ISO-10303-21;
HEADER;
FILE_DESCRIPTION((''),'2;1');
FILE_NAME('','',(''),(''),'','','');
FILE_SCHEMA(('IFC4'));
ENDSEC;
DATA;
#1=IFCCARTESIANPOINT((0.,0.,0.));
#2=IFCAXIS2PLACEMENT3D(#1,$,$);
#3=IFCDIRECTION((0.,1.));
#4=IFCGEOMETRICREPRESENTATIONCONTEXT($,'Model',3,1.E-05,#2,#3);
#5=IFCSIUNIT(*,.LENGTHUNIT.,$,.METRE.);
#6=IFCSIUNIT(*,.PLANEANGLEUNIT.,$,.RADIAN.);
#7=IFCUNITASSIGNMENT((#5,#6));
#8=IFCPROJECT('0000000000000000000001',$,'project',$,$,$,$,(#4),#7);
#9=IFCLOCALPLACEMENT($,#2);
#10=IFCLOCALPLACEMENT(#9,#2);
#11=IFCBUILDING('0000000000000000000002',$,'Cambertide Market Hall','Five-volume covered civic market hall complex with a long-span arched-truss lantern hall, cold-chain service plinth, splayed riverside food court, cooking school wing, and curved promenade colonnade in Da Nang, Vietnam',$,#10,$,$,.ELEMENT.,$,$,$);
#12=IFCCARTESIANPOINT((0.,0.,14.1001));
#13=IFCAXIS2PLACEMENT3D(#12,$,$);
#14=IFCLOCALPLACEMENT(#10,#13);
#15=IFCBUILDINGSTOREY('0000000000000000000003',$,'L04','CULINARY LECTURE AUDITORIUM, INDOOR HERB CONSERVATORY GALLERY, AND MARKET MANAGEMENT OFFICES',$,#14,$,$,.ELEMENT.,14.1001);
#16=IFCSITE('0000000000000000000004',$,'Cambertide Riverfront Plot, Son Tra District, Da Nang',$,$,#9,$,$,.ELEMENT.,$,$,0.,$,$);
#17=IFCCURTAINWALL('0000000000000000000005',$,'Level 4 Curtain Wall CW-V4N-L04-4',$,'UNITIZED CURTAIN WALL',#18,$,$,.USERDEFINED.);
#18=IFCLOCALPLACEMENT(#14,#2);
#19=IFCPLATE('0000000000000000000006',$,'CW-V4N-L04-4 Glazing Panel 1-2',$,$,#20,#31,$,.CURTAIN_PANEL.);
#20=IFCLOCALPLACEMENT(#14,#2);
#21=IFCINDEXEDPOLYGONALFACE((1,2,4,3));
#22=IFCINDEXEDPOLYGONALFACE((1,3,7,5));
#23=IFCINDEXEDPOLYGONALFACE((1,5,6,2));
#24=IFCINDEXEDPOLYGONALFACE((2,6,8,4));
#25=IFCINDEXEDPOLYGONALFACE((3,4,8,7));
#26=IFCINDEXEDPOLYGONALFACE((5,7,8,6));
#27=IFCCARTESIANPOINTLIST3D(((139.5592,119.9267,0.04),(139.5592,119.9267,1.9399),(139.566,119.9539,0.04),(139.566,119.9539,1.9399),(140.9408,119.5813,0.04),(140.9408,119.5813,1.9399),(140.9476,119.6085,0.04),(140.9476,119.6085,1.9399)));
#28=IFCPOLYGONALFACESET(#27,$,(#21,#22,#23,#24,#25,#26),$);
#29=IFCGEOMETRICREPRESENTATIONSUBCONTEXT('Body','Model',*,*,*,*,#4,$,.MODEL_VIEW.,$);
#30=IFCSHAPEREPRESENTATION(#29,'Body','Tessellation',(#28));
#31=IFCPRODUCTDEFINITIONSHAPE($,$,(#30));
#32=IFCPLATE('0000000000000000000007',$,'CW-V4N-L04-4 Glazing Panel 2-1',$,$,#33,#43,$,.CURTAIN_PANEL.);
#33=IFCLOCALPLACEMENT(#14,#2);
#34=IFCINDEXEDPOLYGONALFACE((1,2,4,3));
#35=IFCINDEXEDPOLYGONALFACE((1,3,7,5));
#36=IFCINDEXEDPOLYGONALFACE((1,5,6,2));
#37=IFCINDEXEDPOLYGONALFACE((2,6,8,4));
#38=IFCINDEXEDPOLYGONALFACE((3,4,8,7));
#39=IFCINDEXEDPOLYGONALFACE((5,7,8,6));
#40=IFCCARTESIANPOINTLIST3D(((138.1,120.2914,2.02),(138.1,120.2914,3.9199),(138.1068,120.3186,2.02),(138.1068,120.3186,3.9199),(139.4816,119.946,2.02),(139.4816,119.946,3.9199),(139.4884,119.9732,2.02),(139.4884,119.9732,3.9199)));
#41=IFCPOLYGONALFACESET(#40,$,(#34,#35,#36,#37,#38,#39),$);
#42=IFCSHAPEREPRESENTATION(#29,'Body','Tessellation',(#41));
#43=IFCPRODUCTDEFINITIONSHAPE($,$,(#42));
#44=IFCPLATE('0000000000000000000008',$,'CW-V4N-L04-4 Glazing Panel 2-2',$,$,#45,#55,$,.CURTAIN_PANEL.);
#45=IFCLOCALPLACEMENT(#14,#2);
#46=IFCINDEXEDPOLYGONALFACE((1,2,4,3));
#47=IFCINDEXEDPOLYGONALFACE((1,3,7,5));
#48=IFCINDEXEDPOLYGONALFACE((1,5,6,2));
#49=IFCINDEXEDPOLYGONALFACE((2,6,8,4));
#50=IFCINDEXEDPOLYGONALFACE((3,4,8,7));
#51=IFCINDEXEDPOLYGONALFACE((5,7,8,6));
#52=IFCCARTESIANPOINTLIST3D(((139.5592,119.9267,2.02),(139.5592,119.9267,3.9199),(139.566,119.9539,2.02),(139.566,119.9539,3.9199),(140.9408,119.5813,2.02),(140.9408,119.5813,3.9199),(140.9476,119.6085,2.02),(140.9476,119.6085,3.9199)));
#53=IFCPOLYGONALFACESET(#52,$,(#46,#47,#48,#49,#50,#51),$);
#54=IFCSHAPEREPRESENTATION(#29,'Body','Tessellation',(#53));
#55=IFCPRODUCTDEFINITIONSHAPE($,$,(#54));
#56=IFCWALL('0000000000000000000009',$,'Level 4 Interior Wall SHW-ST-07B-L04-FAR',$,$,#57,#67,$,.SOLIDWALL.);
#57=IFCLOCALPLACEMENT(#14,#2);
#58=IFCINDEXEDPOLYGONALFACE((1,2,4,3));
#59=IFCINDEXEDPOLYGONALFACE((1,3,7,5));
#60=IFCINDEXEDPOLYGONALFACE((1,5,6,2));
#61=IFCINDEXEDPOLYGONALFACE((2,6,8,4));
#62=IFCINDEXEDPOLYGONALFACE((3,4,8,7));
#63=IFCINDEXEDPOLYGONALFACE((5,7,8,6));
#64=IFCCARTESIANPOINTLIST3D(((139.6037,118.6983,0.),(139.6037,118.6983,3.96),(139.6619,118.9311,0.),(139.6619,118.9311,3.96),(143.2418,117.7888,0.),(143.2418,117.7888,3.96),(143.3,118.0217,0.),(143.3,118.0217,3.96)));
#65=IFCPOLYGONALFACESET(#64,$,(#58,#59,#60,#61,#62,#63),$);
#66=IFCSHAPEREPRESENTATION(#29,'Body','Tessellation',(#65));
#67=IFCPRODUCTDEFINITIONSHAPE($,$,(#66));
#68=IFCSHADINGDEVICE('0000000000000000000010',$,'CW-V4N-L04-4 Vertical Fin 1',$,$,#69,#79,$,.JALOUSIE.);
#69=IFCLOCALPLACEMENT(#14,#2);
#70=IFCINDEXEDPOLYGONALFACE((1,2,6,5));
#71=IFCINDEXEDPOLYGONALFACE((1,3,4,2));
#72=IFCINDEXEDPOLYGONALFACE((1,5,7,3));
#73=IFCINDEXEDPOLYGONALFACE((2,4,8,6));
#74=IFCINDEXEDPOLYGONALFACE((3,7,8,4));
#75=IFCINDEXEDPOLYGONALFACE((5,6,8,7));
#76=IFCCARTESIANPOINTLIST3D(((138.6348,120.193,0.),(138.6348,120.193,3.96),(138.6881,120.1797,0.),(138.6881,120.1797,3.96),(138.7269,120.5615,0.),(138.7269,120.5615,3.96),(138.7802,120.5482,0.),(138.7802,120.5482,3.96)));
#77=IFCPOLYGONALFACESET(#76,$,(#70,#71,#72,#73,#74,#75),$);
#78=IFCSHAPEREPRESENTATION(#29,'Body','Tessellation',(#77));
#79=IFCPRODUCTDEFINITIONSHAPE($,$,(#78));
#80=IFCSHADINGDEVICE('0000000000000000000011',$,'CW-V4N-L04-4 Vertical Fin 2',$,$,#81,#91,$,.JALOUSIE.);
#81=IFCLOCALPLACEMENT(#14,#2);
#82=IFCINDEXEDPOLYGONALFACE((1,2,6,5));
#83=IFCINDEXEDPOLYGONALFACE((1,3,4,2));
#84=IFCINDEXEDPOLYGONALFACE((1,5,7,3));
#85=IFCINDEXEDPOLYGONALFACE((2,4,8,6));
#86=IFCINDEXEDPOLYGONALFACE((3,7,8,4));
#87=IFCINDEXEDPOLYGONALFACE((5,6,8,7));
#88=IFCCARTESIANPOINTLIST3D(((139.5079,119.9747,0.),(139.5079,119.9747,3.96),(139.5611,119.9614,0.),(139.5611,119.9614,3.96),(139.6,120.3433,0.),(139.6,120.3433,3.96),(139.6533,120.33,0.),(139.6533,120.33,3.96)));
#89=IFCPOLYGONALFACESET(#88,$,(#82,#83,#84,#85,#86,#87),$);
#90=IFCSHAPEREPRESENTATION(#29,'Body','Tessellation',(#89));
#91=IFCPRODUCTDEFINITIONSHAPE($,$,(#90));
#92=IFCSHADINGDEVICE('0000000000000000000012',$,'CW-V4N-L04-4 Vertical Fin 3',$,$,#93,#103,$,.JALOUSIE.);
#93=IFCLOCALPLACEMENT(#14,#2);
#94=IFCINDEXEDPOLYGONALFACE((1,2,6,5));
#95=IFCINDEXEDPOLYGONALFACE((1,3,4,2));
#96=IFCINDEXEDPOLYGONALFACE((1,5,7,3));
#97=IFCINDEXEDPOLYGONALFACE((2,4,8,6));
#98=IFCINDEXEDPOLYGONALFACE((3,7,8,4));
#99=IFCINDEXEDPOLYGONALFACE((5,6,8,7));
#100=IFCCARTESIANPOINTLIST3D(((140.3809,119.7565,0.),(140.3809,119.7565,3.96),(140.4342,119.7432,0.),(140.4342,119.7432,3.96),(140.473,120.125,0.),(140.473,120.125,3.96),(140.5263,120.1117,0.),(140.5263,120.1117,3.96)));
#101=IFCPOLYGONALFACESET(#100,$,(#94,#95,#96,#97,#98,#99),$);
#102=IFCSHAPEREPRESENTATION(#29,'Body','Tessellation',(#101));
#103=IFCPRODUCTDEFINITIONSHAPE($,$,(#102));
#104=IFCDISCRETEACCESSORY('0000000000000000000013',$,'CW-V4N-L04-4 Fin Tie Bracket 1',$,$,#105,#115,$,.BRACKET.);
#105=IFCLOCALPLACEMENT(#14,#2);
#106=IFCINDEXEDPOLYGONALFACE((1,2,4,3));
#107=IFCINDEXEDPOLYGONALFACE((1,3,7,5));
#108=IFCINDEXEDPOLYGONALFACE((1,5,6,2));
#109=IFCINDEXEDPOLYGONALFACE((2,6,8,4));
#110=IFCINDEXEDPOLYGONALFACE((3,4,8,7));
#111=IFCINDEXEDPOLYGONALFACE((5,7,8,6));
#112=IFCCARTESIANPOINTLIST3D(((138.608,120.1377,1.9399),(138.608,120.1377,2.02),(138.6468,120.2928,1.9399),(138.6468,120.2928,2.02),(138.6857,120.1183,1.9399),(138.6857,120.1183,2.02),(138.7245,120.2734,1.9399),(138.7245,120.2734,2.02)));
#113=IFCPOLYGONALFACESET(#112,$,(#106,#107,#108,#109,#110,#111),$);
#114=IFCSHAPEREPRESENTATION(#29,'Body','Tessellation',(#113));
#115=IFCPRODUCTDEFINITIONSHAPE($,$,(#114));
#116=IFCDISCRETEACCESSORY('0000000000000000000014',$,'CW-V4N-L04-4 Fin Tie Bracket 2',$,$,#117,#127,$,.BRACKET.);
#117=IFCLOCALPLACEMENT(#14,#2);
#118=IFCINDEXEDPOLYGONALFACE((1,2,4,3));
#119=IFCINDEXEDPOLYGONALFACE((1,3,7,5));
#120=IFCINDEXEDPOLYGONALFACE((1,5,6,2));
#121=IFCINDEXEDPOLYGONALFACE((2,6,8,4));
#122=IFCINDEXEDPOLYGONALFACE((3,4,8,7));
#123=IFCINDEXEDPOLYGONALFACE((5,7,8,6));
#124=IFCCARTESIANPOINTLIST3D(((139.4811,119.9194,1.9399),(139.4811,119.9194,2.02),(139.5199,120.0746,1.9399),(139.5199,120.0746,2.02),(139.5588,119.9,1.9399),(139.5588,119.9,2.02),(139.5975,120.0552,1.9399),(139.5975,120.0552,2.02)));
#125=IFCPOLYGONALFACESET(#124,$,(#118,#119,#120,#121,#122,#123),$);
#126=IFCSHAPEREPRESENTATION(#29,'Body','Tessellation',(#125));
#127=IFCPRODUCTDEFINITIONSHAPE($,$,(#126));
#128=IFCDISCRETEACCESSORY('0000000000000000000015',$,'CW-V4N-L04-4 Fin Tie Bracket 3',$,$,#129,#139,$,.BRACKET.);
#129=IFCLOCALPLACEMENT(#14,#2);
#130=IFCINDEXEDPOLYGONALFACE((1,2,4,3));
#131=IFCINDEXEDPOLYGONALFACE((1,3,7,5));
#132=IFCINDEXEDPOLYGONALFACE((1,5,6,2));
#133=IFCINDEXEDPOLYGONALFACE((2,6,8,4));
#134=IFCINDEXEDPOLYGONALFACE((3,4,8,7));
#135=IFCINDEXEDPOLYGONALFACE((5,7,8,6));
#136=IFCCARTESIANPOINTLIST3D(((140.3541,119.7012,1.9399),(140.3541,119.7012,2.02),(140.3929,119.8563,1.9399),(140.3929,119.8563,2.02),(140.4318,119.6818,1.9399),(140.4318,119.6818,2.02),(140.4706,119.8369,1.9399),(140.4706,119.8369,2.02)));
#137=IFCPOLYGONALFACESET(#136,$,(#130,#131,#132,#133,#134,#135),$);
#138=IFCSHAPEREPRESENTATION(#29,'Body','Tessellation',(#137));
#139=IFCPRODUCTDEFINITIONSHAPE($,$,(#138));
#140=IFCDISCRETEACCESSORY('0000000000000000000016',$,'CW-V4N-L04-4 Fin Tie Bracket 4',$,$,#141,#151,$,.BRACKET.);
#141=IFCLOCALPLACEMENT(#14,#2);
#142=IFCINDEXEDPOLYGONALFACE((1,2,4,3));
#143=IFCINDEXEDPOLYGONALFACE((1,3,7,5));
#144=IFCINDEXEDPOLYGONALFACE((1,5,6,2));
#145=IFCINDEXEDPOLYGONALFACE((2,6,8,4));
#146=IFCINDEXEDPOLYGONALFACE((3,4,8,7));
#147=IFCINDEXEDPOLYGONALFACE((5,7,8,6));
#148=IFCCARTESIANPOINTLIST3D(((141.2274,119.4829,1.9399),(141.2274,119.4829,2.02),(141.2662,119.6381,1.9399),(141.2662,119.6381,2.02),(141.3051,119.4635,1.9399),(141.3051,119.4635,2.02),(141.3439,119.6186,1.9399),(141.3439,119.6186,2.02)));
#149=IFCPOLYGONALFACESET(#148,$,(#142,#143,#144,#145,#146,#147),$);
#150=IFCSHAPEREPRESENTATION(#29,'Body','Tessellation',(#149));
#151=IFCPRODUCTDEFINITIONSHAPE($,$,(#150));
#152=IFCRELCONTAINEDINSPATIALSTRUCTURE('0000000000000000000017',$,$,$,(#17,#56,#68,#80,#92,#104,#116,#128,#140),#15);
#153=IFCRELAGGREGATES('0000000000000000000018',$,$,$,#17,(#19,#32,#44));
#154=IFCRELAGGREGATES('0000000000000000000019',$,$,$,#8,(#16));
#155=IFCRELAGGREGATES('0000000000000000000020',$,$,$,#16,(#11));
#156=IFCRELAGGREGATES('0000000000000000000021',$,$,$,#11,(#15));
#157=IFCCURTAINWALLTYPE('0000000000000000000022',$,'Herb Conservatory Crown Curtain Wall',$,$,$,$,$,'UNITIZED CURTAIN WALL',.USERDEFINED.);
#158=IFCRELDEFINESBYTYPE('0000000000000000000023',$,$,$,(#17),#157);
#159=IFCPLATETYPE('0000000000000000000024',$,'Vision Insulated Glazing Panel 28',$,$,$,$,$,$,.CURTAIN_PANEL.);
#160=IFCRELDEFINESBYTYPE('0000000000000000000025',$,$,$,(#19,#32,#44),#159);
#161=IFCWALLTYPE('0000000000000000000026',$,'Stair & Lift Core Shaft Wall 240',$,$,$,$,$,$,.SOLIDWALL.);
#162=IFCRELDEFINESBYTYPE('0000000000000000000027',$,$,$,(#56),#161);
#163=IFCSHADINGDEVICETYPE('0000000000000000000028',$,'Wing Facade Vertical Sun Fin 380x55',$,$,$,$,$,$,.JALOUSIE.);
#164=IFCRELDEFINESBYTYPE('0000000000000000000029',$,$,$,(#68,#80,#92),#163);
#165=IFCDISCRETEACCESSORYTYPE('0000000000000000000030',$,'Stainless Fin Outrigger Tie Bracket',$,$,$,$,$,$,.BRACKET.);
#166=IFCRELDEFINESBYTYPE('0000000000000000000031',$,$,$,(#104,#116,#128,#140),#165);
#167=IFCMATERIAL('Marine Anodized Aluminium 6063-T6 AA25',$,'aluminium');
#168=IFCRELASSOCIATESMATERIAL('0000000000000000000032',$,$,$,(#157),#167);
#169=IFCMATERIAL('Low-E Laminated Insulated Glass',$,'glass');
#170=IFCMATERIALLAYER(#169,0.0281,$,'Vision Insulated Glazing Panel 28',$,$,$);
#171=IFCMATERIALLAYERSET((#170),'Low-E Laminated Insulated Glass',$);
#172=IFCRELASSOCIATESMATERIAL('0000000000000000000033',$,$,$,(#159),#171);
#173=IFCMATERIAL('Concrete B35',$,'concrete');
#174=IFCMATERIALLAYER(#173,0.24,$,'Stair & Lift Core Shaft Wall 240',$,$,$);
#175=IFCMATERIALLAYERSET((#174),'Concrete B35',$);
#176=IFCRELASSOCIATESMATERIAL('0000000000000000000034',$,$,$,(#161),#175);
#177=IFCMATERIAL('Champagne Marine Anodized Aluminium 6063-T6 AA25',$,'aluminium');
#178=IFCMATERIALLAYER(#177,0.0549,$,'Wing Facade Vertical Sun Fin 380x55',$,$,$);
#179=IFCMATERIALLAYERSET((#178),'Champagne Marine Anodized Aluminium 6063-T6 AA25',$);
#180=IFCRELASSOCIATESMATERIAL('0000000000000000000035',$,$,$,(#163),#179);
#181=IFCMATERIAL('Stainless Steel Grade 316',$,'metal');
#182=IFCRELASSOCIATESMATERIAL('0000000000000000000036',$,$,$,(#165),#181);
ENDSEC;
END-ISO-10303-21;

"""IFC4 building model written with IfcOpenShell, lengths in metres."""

from ifc_helpers import new_model, si_unit, direction, frame, frame_2d, origin, origin_2d, place, context, subcontext, project, spatial, rectangle, extrude, material, layer, layer_set, type_object, element, aggregate, save


model = new_model("IFC4")

# Units and contexts
model_context = context("Model", 3, precision=1e-05, world=origin(), true_north=direction((0.0, 1.0)))
body_context = subcontext(model_context, "Body", "Model", "MODEL_VIEW")
ifc_project = project(units=[si_unit("LENGTHUNIT", "METRE"), si_unit("PLANEANGLEUNIT", "RADIAN")], contexts=[model_context])

# Site, building, storey
site_placement = place(None, origin())
site = spatial("IfcSite", under=ifc_project, at=site_placement, Name="Cambertide Riverfront Plot, Son Tra District, Da Nang", CompositionType="ELEMENT", RefElevation=0.0)
building_placement = place(site_placement, origin())
building = spatial("IfcBuilding", under=site, at=building_placement, Name="Cambertide Market Hall", Description="Five-volume covered civic market hall complex with a long-span arched-truss lantern hall, cold-chain service plinth, splayed riverside food court, cooking school wing, and curved promenade colonnade in Da Nang, Vietnam", CompositionType="ELEMENT")
storey_placement = place(building_placement, frame((0.0, 0.0, 14.1001)))
storey = spatial("IfcBuildingStorey", under=building, at=storey_placement, Name="L04", Description="CULINARY LECTURE AUDITORIUM, INDOOR HERB CONSERVATORY GALLERY, AND MARKET MANAGEMENT OFFICES", CompositionType="ELEMENT", Elevation=14.1001)

# Curtain wall, plates
ifc_material_1 = material(Name="Marine Anodized Aluminium 6063-T6 AA25", Category="aluminium")
curtain_wall_type = type_object("IfcCurtainWallType", Name="Herb Conservatory Crown Curtain Wall", ElementType="UNITIZED CURTAIN WALL", PredefinedType="USERDEFINED", material=ifc_material_1)
curtain_wall_placement = place(storey_placement, origin())
curtain_wall = element("IfcCurtainWall", 1, at=curtain_wall_placement, inside=storey, type_object=curtain_wall_type, Name="Level 4 Curtain Wall CW-V4N-L04-4", ObjectType="UNITIZED CURTAIN WALL", PredefinedType="USERDEFINED")
ifc_material_2 = material(Name="Low-E Laminated Insulated Glass", Category="glass")
ifc_layer_1 = layer(ifc_material_2, 0.0281, Name="Vision Insulated Glazing Panel 28")
ifc_layer_set_1 = layer_set([ifc_layer_1], Name="Low-E Laminated Insulated Glass")
plate_type = type_object("IfcPlateType", Name="Vision Insulated Glazing Panel 28", PredefinedType="CURTAIN_PANEL", material=ifc_layer_set_1)
plate_1_placement = place(storey_placement, frame((140.2534, 119.7676, 0.04), z_axis=(0.0, 0.0, 1.0), x_axis=(0.970143, -0.242536, 0.0)))
plate_1 = element("IfcPlate", 2, at=plate_1_placement, type_object=plate_type, Name="CW-V4N-L04-4 Glazing Panel 1-2", PredefinedType="CURTAIN_PANEL", context=body_context, shape_type="SweptSolid", body=[
    extrude(rectangle(XDim=1.4241, YDim=0.0281, at=origin_2d()), origin(), (0.0, 0.0, 1.0), 1.8999),
])
plate_2_placement = place(storey_placement, frame((138.7942, 120.1323, 2.02), z_axis=(0.0, 0.0, 1.0), x_axis=(0.970143, -0.242536, 0.0)))
plate_2 = element("IfcPlate", 3, at=plate_2_placement, type_object=plate_type, Name="CW-V4N-L04-4 Glazing Panel 2-1", PredefinedType="CURTAIN_PANEL", context=body_context, shape_type="SweptSolid", body=[
    extrude(rectangle(XDim=1.4241, YDim=0.0281, at=origin_2d()), origin(), (0.0, 0.0, 1.0), 1.8999),
])
plate_3_placement = place(storey_placement, frame((140.2534, 119.7676, 2.02), z_axis=(0.0, 0.0, 1.0), x_axis=(0.970143, -0.242536, 0.0)))
plate_3 = element("IfcPlate", 4, at=plate_3_placement, type_object=plate_type, Name="CW-V4N-L04-4 Glazing Panel 2-2", PredefinedType="CURTAIN_PANEL", context=body_context, shape_type="SweptSolid", body=[
    extrude(rectangle(XDim=1.4241, YDim=0.0281, at=origin_2d()), origin(), (0.0, 0.0, 1.0), 1.8999),
])
aggregate(curtain_wall, [plate_1, plate_2, plate_3])

# Wall
ifc_material_3 = material(Name="Concrete B35", Category="concrete")
ifc_layer_2 = layer(ifc_material_3, 0.24, Name="Stair & Lift Core Shaft Wall 240")
ifc_layer_set_2 = layer_set([ifc_layer_2], Name="Concrete B35")
wall_type = type_object("IfcWallType", Name="Stair & Lift Core Shaft Wall 240", PredefinedType="SOLIDWALL", material=ifc_layer_set_2)
wall_placement = place(storey_placement, frame((139.6328, 118.8147, 0.0), z_axis=(0.0, 0.0, 1.0), x_axis=(0.970146, -0.24252, 0.0)))
element("IfcWall", 5, at=wall_placement, inside=storey, type_object=wall_type, Name="Level 4 Interior Wall SHW-ST-07B-L04-FAR", PredefinedType="SOLIDWALL", context=body_context, shape_type="SweptSolid", body=[
    extrude(rectangle(XDim=3.75, YDim=0.24, at=frame_2d((1.875, 0.0))), origin(), (0.0, 0.0, 1.0), 3.96),
])

# Shading devices
ifc_material_4 = material(Name="Champagne Marine Anodized Aluminium 6063-T6 AA25", Category="aluminium")
ifc_layer_3 = layer(ifc_material_4, 0.0549, Name="Wing Facade Vertical Sun Fin 380x55")
ifc_layer_set_3 = layer_set([ifc_layer_3], Name="Champagne Marine Anodized Aluminium 6063-T6 AA25")
shading_device_type = type_object("IfcShadingDeviceType", Name="Wing Facade Vertical Sun Fin 380x55", PredefinedType="JALOUSIE", material=ifc_layer_set_3)
for number, where, z_axis, x_axis, name in (
    (6, (138.7075, 120.3706, 0.0), (0.0, 0.0, 1.0), (0.970143, -0.242536, 0.0), "CW-V4N-L04-4 Vertical Fin 1"),
    (7, (139.5806, 120.1523, 0.0), (0.0, 0.0, 1.0), (0.970143, -0.242536, 0.0), "CW-V4N-L04-4 Vertical Fin 2"),
    (8, (140.4536, 119.9341, 0.0), (0.0, 0.0, 1.0), (0.970143, -0.242536, 0.0), "CW-V4N-L04-4 Vertical Fin 3"),
):
    element("IfcShadingDevice", number, at=place(storey_placement, frame(where, z_axis=z_axis, x_axis=x_axis)), inside=storey, type_object=shading_device_type, Name=name, PredefinedType="JALOUSIE", context=body_context, shape_type="SweptSolid", body=[
        extrude(rectangle(XDim=0.0549, YDim=0.3799, at=origin_2d()), origin(), (0.0, 0.0, 1.0), 3.96),
    ])

# Discrete accessories
ifc_material_5 = material(Name="Stainless Steel Grade 316", Category="metal")
discrete_accessory_type = type_object("IfcDiscreteAccessoryType", Name="Stainless Fin Outrigger Tie Bracket", PredefinedType="BRACKET", material=ifc_material_5)
for number, where, z_axis, x_axis, name in (
    (9, (138.6663, 120.2056, 1.9399), (0.0, 0.0, 1.0), (0.970143, -0.242536, 0.0), "CW-V4N-L04-4 Fin Tie Bracket 1"),
    (10, (139.5393, 119.9873, 1.9399), (0.0, 0.0, 1.0), (0.970143, -0.242536, 0.0), "CW-V4N-L04-4 Fin Tie Bracket 2"),
    (11, (140.4124, 119.769, 1.9399), (0.0, 0.0, 1.0), (0.970143, -0.242536, 0.0), "CW-V4N-L04-4 Fin Tie Bracket 3"),
    (12, (141.2856, 119.5508, 1.9399), (0.0, 0.0, 1.0), (0.970143, -0.242536, 0.0), "CW-V4N-L04-4 Fin Tie Bracket 4"),
):
    element("IfcDiscreteAccessory", number, at=place(storey_placement, frame(where, z_axis=z_axis, x_axis=x_axis)), inside=storey, type_object=discrete_accessory_type, Name=name, PredefinedType="BRACKET", context=body_context, shape_type="SweptSolid", body=[
        extrude(rectangle(XDim=0.0801, YDim=0.1599, at=origin_2d()), origin(), (0.0, 0.0, 1.0), 0.0801),
    ])

save(model, "model.ifc")
